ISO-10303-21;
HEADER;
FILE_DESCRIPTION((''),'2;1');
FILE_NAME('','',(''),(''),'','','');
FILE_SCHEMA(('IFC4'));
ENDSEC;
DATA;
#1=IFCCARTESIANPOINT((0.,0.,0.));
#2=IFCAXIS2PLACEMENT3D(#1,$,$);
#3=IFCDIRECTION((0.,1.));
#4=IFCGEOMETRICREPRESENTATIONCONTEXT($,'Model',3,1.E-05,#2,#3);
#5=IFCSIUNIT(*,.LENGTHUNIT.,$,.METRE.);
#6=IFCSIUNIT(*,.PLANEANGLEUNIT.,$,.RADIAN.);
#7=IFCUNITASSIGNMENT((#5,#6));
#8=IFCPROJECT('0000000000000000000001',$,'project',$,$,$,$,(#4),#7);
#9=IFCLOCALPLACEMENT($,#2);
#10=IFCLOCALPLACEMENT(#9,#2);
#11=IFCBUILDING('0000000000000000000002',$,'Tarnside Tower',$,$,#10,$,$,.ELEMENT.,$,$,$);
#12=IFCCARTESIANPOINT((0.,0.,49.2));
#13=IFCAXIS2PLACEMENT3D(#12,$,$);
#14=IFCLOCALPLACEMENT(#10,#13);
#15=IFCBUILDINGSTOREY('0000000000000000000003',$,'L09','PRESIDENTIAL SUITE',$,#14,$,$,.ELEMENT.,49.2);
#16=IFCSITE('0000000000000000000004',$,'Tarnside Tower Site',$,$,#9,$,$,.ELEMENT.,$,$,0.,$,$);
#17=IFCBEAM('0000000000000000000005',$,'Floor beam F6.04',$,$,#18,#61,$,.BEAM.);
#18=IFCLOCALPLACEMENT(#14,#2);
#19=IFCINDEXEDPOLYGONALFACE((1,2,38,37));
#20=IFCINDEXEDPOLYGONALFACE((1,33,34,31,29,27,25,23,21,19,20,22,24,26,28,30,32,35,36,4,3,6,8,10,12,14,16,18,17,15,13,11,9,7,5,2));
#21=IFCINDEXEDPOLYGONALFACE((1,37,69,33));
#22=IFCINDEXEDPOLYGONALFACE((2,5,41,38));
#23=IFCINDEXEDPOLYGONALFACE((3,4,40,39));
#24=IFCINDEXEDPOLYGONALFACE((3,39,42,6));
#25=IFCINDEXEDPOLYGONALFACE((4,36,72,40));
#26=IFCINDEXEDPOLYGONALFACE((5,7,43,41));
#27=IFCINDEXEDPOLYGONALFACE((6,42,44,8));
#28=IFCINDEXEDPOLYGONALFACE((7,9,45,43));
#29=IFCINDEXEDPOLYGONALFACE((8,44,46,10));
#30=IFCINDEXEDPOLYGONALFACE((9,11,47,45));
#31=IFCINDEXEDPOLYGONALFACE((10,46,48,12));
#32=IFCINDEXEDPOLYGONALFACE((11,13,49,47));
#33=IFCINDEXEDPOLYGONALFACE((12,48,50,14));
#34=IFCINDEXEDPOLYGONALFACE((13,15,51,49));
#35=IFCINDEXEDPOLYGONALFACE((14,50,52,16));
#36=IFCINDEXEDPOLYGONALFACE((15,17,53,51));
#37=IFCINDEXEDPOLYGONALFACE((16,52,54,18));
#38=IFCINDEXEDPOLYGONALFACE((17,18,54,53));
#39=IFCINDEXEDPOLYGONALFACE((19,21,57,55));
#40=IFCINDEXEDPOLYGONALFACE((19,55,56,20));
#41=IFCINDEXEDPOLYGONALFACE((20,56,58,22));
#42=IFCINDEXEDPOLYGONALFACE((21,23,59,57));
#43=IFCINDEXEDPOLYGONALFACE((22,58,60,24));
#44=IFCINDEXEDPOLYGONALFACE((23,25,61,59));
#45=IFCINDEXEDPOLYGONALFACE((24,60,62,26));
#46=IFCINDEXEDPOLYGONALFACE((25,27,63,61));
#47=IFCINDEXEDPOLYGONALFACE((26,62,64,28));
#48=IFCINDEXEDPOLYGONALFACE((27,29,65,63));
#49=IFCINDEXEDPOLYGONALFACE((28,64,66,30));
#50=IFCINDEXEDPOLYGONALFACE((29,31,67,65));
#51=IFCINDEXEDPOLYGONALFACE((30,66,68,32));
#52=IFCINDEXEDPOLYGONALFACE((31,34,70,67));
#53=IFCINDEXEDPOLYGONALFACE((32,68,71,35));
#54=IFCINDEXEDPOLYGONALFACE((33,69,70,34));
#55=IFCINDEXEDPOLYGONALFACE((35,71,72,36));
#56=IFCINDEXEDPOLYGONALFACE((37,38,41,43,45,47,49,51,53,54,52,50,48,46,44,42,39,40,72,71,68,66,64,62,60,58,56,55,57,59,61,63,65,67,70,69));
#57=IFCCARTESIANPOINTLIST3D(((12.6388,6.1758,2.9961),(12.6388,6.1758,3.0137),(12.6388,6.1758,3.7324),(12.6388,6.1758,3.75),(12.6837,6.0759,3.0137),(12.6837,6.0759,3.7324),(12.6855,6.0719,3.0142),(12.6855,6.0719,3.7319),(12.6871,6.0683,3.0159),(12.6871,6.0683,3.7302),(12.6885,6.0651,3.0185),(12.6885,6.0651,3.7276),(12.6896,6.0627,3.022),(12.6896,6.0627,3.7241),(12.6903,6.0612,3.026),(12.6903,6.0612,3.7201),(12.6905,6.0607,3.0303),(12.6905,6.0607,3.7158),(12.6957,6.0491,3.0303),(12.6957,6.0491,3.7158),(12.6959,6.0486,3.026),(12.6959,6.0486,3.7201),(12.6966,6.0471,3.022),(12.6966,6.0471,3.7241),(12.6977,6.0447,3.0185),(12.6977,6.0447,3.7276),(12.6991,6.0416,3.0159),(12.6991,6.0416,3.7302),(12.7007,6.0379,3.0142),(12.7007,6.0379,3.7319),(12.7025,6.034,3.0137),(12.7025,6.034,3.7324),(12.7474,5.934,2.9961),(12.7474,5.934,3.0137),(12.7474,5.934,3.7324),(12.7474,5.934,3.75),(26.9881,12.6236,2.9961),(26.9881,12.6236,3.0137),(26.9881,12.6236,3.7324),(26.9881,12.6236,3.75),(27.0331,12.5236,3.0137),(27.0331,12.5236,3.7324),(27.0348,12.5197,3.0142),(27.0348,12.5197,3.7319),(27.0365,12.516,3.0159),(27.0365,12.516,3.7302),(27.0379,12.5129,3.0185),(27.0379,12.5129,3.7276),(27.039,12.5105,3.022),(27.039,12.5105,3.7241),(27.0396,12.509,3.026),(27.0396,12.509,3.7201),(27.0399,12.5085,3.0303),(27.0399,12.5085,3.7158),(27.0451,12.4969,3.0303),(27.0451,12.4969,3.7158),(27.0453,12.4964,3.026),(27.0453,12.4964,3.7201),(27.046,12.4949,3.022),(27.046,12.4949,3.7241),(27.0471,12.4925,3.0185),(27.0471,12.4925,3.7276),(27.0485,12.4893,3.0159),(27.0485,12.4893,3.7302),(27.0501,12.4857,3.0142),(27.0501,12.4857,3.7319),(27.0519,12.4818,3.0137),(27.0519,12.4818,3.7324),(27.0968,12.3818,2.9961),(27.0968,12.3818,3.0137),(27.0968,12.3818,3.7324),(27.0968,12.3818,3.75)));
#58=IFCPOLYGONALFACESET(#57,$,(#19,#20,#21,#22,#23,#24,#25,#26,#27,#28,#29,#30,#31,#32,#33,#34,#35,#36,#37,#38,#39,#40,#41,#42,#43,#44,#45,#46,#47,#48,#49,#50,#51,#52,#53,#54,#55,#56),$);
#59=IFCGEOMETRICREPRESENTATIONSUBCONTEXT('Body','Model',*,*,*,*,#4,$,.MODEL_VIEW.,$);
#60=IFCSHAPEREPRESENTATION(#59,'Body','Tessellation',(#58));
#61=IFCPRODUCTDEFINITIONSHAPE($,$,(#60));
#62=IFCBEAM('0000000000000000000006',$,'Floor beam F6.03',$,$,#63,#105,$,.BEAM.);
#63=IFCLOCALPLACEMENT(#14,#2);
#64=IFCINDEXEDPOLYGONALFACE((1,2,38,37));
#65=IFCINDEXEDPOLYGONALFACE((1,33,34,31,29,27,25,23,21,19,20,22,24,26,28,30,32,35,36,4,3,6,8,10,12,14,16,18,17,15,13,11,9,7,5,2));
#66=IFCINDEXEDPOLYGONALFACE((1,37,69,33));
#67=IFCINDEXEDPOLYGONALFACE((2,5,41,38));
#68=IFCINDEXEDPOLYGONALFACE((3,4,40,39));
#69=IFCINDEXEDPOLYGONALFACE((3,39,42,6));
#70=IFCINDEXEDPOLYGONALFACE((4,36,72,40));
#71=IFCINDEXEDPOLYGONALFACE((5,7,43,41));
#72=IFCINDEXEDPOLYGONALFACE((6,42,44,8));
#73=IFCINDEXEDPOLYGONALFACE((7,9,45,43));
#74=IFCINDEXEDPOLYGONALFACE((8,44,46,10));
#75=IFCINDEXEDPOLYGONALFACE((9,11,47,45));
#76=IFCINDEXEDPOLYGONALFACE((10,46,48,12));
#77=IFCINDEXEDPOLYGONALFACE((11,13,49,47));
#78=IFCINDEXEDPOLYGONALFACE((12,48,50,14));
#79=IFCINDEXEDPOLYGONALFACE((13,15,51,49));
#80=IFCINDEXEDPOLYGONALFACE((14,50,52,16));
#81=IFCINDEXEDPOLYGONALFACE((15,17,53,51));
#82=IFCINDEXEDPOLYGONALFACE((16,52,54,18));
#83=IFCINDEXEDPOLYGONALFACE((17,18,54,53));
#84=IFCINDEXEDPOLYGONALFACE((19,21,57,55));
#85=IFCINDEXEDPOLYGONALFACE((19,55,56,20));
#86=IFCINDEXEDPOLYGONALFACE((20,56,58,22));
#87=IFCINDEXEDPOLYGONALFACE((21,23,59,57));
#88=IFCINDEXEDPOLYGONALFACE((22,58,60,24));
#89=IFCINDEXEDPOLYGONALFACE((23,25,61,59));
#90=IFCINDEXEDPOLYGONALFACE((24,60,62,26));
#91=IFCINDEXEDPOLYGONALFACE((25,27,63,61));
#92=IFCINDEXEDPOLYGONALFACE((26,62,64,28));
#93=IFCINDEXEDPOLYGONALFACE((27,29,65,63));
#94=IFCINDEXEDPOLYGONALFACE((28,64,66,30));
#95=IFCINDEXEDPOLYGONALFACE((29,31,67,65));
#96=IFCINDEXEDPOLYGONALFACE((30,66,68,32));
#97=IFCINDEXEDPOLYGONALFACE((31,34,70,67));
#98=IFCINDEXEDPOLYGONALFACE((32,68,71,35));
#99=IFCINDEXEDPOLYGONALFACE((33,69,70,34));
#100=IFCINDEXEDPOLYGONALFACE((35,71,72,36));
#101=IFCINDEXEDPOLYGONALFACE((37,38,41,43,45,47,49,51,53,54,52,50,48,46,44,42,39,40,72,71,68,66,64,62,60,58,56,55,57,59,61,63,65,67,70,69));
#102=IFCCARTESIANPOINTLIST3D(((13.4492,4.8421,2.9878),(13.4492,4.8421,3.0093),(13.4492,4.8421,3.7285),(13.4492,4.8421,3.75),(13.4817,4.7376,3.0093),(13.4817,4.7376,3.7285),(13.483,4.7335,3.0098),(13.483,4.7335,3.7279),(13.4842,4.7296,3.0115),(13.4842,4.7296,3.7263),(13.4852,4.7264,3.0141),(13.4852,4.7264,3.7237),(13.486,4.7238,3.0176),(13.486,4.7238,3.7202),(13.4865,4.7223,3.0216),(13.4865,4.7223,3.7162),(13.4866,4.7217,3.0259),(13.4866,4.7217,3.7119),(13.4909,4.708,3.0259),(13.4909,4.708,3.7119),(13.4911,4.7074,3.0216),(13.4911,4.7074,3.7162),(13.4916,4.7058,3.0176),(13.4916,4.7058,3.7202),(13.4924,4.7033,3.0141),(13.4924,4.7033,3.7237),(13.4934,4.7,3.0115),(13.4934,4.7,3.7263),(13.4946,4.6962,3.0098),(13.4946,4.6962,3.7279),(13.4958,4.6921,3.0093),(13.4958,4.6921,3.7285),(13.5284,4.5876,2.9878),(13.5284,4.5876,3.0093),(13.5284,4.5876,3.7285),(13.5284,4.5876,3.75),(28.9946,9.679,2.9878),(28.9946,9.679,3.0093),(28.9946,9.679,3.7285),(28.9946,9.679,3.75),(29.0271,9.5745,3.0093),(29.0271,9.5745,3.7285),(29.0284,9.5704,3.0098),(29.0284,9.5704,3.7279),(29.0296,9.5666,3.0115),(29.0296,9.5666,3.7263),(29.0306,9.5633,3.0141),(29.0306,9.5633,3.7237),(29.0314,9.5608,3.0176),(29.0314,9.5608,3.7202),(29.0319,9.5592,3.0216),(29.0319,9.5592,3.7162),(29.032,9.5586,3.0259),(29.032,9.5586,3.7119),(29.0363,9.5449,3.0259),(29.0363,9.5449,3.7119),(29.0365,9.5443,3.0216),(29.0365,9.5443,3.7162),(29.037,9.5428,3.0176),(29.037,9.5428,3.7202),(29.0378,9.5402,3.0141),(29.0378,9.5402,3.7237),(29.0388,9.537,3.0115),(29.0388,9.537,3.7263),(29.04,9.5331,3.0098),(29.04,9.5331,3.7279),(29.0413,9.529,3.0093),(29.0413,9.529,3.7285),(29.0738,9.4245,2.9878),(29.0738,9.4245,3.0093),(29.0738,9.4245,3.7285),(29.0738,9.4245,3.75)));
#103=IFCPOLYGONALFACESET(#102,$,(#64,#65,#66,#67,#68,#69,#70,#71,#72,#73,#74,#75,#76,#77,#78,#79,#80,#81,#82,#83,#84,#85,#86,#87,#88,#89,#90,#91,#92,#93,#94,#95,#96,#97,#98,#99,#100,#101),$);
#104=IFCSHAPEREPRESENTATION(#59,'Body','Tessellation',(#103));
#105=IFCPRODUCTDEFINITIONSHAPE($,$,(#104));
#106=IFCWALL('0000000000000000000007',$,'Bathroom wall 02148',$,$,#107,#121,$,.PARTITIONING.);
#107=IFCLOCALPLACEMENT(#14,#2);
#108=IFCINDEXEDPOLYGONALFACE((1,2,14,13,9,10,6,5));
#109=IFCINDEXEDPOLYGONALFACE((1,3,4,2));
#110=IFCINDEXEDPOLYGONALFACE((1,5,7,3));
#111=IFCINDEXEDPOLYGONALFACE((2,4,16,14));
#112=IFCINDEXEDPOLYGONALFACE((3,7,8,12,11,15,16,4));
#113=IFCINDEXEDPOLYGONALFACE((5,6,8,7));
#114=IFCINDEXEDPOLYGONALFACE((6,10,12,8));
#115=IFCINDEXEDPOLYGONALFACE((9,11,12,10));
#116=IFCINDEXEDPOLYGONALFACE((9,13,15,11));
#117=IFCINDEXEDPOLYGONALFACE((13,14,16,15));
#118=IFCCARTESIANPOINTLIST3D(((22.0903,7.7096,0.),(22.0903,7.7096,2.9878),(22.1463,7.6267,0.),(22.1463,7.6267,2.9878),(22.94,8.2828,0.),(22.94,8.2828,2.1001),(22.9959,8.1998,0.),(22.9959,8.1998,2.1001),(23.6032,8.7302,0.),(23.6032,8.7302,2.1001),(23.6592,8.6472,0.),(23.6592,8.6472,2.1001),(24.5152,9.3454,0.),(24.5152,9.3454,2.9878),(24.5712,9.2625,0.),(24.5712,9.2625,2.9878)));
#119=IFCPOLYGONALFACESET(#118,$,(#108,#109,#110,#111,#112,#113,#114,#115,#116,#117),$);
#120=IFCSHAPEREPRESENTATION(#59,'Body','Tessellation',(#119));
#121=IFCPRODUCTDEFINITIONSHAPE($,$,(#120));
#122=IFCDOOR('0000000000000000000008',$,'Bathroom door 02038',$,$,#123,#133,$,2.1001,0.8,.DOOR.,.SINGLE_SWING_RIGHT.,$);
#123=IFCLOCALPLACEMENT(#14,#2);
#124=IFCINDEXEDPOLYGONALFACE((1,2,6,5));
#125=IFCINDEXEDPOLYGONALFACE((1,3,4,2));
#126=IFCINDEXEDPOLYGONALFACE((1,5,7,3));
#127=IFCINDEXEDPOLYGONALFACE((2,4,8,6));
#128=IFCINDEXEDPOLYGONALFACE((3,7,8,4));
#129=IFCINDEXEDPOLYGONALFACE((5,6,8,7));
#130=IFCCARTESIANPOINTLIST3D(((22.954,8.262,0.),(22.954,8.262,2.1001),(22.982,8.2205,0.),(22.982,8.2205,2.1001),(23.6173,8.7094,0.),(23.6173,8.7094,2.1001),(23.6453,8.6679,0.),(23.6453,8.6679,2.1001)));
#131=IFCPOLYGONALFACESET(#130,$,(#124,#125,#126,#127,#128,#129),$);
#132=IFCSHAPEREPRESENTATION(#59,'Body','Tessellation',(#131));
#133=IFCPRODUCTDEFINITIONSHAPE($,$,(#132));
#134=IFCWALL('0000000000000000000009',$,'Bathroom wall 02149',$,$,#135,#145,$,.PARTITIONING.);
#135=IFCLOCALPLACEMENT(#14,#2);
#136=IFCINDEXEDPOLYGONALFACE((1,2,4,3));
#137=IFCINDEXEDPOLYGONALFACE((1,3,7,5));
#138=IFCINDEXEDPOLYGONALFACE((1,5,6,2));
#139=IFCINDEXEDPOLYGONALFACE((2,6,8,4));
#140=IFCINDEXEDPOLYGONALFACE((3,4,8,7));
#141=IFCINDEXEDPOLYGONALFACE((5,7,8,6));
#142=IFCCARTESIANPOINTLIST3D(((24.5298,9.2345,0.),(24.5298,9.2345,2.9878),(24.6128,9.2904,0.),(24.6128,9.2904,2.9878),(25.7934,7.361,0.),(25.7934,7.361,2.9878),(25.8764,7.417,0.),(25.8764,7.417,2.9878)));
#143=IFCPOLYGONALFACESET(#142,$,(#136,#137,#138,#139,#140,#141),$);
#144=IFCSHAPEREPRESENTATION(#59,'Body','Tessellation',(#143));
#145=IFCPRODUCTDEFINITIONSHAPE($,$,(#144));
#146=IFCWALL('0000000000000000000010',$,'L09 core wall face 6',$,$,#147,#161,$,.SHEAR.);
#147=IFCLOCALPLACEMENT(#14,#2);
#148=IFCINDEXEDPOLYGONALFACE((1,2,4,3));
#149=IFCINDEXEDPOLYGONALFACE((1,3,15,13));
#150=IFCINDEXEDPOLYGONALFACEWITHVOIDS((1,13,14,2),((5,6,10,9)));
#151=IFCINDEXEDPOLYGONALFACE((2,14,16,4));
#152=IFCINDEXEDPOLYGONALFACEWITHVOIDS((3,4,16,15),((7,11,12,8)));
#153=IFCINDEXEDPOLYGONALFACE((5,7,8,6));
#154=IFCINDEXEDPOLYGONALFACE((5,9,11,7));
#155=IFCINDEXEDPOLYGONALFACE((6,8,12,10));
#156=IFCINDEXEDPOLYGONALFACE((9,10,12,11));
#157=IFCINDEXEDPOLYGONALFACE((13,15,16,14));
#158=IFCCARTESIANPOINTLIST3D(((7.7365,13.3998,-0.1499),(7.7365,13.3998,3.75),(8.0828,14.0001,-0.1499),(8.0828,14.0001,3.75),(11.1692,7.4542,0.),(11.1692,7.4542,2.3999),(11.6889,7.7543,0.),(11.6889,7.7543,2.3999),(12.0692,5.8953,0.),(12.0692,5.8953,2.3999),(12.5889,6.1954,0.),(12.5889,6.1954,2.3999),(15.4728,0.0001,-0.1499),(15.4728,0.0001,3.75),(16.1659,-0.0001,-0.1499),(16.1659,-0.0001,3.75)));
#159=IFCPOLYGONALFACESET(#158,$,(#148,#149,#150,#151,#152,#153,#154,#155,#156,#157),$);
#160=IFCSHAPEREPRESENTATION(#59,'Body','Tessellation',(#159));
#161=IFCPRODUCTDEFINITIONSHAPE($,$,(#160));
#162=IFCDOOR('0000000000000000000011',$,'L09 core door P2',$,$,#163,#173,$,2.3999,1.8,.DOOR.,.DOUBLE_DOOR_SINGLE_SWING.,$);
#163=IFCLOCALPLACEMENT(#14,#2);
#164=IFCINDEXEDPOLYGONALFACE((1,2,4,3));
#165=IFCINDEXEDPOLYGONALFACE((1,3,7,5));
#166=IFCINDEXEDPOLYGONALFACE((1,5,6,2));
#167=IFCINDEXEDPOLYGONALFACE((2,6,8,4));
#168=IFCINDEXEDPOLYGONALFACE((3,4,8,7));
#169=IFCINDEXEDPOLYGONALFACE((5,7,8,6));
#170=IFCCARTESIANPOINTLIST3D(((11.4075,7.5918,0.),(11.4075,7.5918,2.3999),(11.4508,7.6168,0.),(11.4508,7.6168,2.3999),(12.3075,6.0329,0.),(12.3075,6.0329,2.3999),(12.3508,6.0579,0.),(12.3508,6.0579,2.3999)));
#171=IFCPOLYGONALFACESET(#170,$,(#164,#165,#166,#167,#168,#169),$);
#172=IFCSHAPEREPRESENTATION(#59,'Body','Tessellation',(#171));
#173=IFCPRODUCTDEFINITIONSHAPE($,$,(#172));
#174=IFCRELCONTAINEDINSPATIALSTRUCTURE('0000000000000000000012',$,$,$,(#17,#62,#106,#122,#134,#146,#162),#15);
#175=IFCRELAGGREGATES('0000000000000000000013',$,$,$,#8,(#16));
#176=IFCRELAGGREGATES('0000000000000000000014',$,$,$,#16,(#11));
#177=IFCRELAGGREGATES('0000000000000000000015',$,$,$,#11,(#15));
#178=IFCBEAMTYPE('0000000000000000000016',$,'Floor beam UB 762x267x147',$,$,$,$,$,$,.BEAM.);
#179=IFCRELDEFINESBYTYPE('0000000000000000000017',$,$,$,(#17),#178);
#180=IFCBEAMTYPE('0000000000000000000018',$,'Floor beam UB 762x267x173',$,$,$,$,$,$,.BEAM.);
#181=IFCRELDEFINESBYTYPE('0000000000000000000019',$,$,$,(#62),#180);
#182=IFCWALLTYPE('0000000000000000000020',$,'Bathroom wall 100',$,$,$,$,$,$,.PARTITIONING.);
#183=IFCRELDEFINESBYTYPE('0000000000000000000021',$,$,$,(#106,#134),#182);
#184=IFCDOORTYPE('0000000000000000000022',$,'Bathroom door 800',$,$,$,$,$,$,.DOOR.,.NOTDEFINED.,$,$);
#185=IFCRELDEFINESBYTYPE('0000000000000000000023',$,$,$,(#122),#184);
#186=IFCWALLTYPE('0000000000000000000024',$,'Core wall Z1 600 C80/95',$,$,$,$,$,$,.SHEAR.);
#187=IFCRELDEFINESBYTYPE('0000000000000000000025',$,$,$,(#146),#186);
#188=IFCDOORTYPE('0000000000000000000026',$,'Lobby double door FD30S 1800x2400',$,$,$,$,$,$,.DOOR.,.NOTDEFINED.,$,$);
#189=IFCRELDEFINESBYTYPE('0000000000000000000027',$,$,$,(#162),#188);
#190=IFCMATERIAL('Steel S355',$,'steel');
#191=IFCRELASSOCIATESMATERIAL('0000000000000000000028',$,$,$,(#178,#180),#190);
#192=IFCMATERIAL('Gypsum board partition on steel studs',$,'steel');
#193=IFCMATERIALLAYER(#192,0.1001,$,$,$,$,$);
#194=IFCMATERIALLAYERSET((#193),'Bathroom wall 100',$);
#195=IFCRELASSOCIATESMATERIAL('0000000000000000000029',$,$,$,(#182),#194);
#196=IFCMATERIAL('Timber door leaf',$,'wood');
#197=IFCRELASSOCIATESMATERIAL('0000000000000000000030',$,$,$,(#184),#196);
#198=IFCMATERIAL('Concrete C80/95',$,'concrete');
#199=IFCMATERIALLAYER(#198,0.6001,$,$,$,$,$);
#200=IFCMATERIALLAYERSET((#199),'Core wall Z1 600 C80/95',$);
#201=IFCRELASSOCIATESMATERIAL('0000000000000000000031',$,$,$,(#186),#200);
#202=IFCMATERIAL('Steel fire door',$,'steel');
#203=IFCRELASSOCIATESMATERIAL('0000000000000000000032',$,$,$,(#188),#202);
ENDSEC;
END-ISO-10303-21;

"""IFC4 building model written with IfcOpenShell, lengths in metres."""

from ifc_helpers import new_model, si_unit, direction, frame, frame_2d, origin, origin_2d, place, context, subcontext, project, spatial, polyline, rectangle, i_section, outline, extrude, material, layer, layer_set, material_profile, profile_set, type_object, element, fill, save


model = new_model("IFC4")

# Units and contexts
model_context = context("Model", 3, precision=1e-05, world=origin(), true_north=direction((0.0, 1.0)))
body_context = subcontext(model_context, "Body", "Model", "MODEL_VIEW")
ifc_project = project(units=[si_unit("LENGTHUNIT", "METRE"), si_unit("PLANEANGLEUNIT", "RADIAN")], contexts=[model_context])

# Site, building, storey
site_placement = place(None, origin())
site = spatial("IfcSite", under=ifc_project, at=site_placement, Name="Tarnside Tower Site", CompositionType="ELEMENT", RefElevation=0.0)
building_placement = place(site_placement, origin())
building = spatial("IfcBuilding", under=site, at=building_placement, Name="Tarnside Tower", CompositionType="ELEMENT")
storey_placement = place(building_placement, frame((0.0, 0.0, 49.2)))
storey = spatial("IfcBuildingStorey", under=building, at=storey_placement, Name="L09", Description="PRESIDENTIAL SUITE", CompositionType="ELEMENT", Elevation=49.2)

# Beams
ifc_material_1 = material(Name="Steel S355", Category="steel")
ifc_material_profile_1 = material_profile(ifc_material_1, i_section(OverallWidth=0.2651, OverallDepth=0.7539, WebThickness=0.0127, FlangeThickness=0.0176, FilletRadius=0.0166, at=origin_2d()), Name="UB 762x267x147")
ifc_profile_set_1 = profile_set([ifc_material_profile_1], Name="Steel S355")
beam_type_1 = type_object("IfcBeamType", Name="Floor beam UB 762x267x147", PredefinedType="BEAM", material=ifc_profile_set_1)
beam_1_placement = place(storey_placement, frame((27.0425, 12.5027, 3.373), z_axis=(-0.912146, -0.409865, 0.0), x_axis=(0.409865, -0.912146, 0.0)))
element("IfcBeam", 1, at=beam_1_placement, inside=storey, type_object=beam_type_1, Name="Floor beam F6.04", PredefinedType="BEAM", context=body_context, shape_type="SweptSolid", body=[
    extrude(i_section(OverallWidth=0.2651, OverallDepth=0.7539, WebThickness=0.0127, FlangeThickness=0.0176, FilletRadius=0.0166, at=origin_2d()), origin(), (0.0, 0.0, 1.0), 15.7314),
])
ifc_material_profile_2 = material_profile(ifc_material_1, i_section(OverallWidth=0.2666, OverallDepth=0.7622, WebThickness=0.0144, FlangeThickness=0.0215, FilletRadius=0.0166, at=origin_2d()), Name="UB 762x267x173")
ifc_profile_set_2 = profile_set([ifc_material_profile_2], Name="Steel S355")
beam_type_2 = type_object("IfcBeamType", Name="Floor beam UB 762x267x173", PredefinedType="BEAM", material=ifc_profile_set_2)
beam_2_placement = place(storey_placement, frame((29.0342, 9.5518, 3.3689), z_axis=(-0.954847, -0.297098, 0.0), x_axis=(0.297098, -0.954847, 0.0)))
element("IfcBeam", 2, at=beam_2_placement, inside=storey, type_object=beam_type_2, Name="Floor beam F6.03", PredefinedType="BEAM", context=body_context, shape_type="SweptSolid", body=[
    extrude(i_section(OverallWidth=0.2666, OverallDepth=0.7622, WebThickness=0.0144, FlangeThickness=0.0215, FilletRadius=0.0166, at=origin_2d()), origin(), (0.0, 0.0, 1.0), 16.2805),
])

# Wall, opening, door
ifc_material_2 = material(Name="Gypsum board partition on steel studs", Category="steel")
ifc_layer_1 = layer(ifc_material_2, 0.1001)
ifc_layer_set_1 = layer_set([ifc_layer_1], Name="Bathroom wall 100")
wall_type_1 = type_object("IfcWallType", Name="Bathroom wall 100", PredefinedType="PARTITIONING", material=ifc_layer_set_1)
wall_1_placement = place(storey_placement, frame((22.1184, 7.6682, 0.0), z_axis=(0.0, 0.0, 1.0), x_axis=(0.829007, 0.559238, 0.0)))
wall_1 = element("IfcWall", 3, at=wall_1_placement, inside=storey, type_object=wall_type_1, Name="Bathroom wall 02148", PredefinedType="PARTITIONING", context=body_context, shape_type="SweptSolid", body=[
    extrude(rectangle(XDim=2.925, YDim=0.1001, at=frame_2d((1.4624, 0.0))), origin(), (0.0, 0.0, 1.0), 2.9878),
])
opening_1_placement = place(wall_1_placement, frame((1.0249, 0.0, 0.0)))
opening_1 = element("IfcOpeningElement", 4, at=opening_1_placement, cuts=wall_1, PredefinedType="OPENING", context=body_context, shape_type="SweptSolid", body=[
    extrude(rectangle(XDim=0.8, YDim=2.1001, at=frame_2d((0.3999, 1.05))), frame((0.0, 0.0601, 0.0), z_axis=(0.0, -1.0, 0.0), x_axis=(1.0, 0.0, 0.0)), (0.0, 0.0, 1.0), 0.1201),
])
ifc_material_3 = material(Name="Timber door leaf", Category="wood")
door_type_1 = type_object("IfcDoorType", Name="Bathroom door 800", OperationType="NOTDEFINED", PredefinedType="DOOR", material=ifc_material_3)
door_1_placement = place(opening_1_placement, origin())
door_1 = element("IfcDoor", 5, at=door_1_placement, inside=storey, type_object=door_type_1, Name="Bathroom door 02038", OperationType="SINGLE_SWING_RIGHT", OverallHeight=2.1001, OverallWidth=0.8, PredefinedType="DOOR", context=body_context, shape_type="SweptSolid", body=[
    extrude(rectangle(XDim=0.8, YDim=2.1001, at=frame_2d((0.3999, 1.05))), frame((0.0, 0.0249, 0.0), z_axis=(0.0, -1.0, 0.0), x_axis=(1.0, 0.0, 0.0)), (0.0, 0.0, 1.0), 0.05),
])
fill(opening_1, door_1)

# Wall
wall_2_placement = place(storey_placement, frame((24.5713, 9.2625, 0.0), z_axis=(0.0, 0.0, 1.0), x_axis=(0.55918, -0.829047, 0.0)))
element("IfcWall", 6, at=wall_2_placement, inside=storey, type_object=wall_type_1, Name="Bathroom wall 02149", PredefinedType="PARTITIONING", context=body_context, shape_type="SweptSolid", body=[
    extrude(rectangle(XDim=2.2598, YDim=0.1001, at=frame_2d((1.1299, 0.0))), origin(), (0.0, 0.0, 1.0), 2.9878),
])

# Wall, opening, door
ifc_material_4 = material(Name="Concrete C80/95", Category="concrete")
ifc_layer_2 = layer(ifc_material_4, 0.6001)
ifc_layer_set_2 = layer_set([ifc_layer_2], Name="Core wall Z1 600 C80/95")
wall_type_2 = type_object("IfcWallType", Name="Core wall Z1 600 C80/95", PredefinedType="SHEAR", material=ifc_layer_set_2)
wall_3_placement = place(storey_placement, frame((15.8193, 0.0, -0.1499), z_axis=(0.0, 0.0, 1.0), x_axis=(-0.5, 0.866025, 0.0)))
wall_3 = element("IfcWall", 7, at=wall_3_placement, inside=storey, type_object=wall_type_2, Name="L09 core wall face 6", PredefinedType="SHEAR", context=body_context, shape_type="SweptSolid", body=[
    extrude(outline(polyline([(-0.1733, -0.3), (15.9927, -0.3), (15.646, 0.3), (0.1733, 0.3), (-0.1733, -0.3)])), origin(), (0.0, 0.0, 1.0), 3.8999),
])
opening_2_placement = place(wall_3_placement, frame((6.9807, 0.0, 0.1499)))
opening_2 = element("IfcOpeningElement", 8, at=opening_2_placement, cuts=wall_3, PredefinedType="OPENING", context=body_context, shape_type="SweptSolid", body=[
    extrude(rectangle(XDim=1.8, YDim=2.3999, at=frame_2d((0.8999, 1.2))), frame((0.0, 0.3101, 0.0), z_axis=(0.0, -1.0, 0.0), x_axis=(1.0, 0.0, 0.0)), (0.0, 0.0, 1.0), 0.6201),
])
ifc_material_5 = material(Name="Steel fire door", Category="steel")
door_type_2 = type_object("IfcDoorType", Name="Lobby double door FD30S 1800x2400", OperationType="NOTDEFINED", PredefinedType="DOOR", material=ifc_material_5)
door_2_placement = place(opening_2_placement, origin())
door_2 = element("IfcDoor", 9, at=door_2_placement, inside=storey, type_object=door_type_2, Name="L09 core door P2", OperationType="DOUBLE_DOOR_SINGLE_SWING", OverallHeight=2.3999, OverallWidth=1.8, PredefinedType="DOOR", context=body_context, shape_type="SweptSolid", body=[
    extrude(rectangle(XDim=1.8, YDim=2.3999, at=frame_2d((0.8999, 1.2))), frame((0.0, 0.0249, 0.0), z_axis=(0.0, -1.0, 0.0), x_axis=(1.0, 0.0, 0.0)), (0.0, 0.0, 1.0), 0.05),
])
fill(opening_2, door_2)

save(model, "model.ifc")
